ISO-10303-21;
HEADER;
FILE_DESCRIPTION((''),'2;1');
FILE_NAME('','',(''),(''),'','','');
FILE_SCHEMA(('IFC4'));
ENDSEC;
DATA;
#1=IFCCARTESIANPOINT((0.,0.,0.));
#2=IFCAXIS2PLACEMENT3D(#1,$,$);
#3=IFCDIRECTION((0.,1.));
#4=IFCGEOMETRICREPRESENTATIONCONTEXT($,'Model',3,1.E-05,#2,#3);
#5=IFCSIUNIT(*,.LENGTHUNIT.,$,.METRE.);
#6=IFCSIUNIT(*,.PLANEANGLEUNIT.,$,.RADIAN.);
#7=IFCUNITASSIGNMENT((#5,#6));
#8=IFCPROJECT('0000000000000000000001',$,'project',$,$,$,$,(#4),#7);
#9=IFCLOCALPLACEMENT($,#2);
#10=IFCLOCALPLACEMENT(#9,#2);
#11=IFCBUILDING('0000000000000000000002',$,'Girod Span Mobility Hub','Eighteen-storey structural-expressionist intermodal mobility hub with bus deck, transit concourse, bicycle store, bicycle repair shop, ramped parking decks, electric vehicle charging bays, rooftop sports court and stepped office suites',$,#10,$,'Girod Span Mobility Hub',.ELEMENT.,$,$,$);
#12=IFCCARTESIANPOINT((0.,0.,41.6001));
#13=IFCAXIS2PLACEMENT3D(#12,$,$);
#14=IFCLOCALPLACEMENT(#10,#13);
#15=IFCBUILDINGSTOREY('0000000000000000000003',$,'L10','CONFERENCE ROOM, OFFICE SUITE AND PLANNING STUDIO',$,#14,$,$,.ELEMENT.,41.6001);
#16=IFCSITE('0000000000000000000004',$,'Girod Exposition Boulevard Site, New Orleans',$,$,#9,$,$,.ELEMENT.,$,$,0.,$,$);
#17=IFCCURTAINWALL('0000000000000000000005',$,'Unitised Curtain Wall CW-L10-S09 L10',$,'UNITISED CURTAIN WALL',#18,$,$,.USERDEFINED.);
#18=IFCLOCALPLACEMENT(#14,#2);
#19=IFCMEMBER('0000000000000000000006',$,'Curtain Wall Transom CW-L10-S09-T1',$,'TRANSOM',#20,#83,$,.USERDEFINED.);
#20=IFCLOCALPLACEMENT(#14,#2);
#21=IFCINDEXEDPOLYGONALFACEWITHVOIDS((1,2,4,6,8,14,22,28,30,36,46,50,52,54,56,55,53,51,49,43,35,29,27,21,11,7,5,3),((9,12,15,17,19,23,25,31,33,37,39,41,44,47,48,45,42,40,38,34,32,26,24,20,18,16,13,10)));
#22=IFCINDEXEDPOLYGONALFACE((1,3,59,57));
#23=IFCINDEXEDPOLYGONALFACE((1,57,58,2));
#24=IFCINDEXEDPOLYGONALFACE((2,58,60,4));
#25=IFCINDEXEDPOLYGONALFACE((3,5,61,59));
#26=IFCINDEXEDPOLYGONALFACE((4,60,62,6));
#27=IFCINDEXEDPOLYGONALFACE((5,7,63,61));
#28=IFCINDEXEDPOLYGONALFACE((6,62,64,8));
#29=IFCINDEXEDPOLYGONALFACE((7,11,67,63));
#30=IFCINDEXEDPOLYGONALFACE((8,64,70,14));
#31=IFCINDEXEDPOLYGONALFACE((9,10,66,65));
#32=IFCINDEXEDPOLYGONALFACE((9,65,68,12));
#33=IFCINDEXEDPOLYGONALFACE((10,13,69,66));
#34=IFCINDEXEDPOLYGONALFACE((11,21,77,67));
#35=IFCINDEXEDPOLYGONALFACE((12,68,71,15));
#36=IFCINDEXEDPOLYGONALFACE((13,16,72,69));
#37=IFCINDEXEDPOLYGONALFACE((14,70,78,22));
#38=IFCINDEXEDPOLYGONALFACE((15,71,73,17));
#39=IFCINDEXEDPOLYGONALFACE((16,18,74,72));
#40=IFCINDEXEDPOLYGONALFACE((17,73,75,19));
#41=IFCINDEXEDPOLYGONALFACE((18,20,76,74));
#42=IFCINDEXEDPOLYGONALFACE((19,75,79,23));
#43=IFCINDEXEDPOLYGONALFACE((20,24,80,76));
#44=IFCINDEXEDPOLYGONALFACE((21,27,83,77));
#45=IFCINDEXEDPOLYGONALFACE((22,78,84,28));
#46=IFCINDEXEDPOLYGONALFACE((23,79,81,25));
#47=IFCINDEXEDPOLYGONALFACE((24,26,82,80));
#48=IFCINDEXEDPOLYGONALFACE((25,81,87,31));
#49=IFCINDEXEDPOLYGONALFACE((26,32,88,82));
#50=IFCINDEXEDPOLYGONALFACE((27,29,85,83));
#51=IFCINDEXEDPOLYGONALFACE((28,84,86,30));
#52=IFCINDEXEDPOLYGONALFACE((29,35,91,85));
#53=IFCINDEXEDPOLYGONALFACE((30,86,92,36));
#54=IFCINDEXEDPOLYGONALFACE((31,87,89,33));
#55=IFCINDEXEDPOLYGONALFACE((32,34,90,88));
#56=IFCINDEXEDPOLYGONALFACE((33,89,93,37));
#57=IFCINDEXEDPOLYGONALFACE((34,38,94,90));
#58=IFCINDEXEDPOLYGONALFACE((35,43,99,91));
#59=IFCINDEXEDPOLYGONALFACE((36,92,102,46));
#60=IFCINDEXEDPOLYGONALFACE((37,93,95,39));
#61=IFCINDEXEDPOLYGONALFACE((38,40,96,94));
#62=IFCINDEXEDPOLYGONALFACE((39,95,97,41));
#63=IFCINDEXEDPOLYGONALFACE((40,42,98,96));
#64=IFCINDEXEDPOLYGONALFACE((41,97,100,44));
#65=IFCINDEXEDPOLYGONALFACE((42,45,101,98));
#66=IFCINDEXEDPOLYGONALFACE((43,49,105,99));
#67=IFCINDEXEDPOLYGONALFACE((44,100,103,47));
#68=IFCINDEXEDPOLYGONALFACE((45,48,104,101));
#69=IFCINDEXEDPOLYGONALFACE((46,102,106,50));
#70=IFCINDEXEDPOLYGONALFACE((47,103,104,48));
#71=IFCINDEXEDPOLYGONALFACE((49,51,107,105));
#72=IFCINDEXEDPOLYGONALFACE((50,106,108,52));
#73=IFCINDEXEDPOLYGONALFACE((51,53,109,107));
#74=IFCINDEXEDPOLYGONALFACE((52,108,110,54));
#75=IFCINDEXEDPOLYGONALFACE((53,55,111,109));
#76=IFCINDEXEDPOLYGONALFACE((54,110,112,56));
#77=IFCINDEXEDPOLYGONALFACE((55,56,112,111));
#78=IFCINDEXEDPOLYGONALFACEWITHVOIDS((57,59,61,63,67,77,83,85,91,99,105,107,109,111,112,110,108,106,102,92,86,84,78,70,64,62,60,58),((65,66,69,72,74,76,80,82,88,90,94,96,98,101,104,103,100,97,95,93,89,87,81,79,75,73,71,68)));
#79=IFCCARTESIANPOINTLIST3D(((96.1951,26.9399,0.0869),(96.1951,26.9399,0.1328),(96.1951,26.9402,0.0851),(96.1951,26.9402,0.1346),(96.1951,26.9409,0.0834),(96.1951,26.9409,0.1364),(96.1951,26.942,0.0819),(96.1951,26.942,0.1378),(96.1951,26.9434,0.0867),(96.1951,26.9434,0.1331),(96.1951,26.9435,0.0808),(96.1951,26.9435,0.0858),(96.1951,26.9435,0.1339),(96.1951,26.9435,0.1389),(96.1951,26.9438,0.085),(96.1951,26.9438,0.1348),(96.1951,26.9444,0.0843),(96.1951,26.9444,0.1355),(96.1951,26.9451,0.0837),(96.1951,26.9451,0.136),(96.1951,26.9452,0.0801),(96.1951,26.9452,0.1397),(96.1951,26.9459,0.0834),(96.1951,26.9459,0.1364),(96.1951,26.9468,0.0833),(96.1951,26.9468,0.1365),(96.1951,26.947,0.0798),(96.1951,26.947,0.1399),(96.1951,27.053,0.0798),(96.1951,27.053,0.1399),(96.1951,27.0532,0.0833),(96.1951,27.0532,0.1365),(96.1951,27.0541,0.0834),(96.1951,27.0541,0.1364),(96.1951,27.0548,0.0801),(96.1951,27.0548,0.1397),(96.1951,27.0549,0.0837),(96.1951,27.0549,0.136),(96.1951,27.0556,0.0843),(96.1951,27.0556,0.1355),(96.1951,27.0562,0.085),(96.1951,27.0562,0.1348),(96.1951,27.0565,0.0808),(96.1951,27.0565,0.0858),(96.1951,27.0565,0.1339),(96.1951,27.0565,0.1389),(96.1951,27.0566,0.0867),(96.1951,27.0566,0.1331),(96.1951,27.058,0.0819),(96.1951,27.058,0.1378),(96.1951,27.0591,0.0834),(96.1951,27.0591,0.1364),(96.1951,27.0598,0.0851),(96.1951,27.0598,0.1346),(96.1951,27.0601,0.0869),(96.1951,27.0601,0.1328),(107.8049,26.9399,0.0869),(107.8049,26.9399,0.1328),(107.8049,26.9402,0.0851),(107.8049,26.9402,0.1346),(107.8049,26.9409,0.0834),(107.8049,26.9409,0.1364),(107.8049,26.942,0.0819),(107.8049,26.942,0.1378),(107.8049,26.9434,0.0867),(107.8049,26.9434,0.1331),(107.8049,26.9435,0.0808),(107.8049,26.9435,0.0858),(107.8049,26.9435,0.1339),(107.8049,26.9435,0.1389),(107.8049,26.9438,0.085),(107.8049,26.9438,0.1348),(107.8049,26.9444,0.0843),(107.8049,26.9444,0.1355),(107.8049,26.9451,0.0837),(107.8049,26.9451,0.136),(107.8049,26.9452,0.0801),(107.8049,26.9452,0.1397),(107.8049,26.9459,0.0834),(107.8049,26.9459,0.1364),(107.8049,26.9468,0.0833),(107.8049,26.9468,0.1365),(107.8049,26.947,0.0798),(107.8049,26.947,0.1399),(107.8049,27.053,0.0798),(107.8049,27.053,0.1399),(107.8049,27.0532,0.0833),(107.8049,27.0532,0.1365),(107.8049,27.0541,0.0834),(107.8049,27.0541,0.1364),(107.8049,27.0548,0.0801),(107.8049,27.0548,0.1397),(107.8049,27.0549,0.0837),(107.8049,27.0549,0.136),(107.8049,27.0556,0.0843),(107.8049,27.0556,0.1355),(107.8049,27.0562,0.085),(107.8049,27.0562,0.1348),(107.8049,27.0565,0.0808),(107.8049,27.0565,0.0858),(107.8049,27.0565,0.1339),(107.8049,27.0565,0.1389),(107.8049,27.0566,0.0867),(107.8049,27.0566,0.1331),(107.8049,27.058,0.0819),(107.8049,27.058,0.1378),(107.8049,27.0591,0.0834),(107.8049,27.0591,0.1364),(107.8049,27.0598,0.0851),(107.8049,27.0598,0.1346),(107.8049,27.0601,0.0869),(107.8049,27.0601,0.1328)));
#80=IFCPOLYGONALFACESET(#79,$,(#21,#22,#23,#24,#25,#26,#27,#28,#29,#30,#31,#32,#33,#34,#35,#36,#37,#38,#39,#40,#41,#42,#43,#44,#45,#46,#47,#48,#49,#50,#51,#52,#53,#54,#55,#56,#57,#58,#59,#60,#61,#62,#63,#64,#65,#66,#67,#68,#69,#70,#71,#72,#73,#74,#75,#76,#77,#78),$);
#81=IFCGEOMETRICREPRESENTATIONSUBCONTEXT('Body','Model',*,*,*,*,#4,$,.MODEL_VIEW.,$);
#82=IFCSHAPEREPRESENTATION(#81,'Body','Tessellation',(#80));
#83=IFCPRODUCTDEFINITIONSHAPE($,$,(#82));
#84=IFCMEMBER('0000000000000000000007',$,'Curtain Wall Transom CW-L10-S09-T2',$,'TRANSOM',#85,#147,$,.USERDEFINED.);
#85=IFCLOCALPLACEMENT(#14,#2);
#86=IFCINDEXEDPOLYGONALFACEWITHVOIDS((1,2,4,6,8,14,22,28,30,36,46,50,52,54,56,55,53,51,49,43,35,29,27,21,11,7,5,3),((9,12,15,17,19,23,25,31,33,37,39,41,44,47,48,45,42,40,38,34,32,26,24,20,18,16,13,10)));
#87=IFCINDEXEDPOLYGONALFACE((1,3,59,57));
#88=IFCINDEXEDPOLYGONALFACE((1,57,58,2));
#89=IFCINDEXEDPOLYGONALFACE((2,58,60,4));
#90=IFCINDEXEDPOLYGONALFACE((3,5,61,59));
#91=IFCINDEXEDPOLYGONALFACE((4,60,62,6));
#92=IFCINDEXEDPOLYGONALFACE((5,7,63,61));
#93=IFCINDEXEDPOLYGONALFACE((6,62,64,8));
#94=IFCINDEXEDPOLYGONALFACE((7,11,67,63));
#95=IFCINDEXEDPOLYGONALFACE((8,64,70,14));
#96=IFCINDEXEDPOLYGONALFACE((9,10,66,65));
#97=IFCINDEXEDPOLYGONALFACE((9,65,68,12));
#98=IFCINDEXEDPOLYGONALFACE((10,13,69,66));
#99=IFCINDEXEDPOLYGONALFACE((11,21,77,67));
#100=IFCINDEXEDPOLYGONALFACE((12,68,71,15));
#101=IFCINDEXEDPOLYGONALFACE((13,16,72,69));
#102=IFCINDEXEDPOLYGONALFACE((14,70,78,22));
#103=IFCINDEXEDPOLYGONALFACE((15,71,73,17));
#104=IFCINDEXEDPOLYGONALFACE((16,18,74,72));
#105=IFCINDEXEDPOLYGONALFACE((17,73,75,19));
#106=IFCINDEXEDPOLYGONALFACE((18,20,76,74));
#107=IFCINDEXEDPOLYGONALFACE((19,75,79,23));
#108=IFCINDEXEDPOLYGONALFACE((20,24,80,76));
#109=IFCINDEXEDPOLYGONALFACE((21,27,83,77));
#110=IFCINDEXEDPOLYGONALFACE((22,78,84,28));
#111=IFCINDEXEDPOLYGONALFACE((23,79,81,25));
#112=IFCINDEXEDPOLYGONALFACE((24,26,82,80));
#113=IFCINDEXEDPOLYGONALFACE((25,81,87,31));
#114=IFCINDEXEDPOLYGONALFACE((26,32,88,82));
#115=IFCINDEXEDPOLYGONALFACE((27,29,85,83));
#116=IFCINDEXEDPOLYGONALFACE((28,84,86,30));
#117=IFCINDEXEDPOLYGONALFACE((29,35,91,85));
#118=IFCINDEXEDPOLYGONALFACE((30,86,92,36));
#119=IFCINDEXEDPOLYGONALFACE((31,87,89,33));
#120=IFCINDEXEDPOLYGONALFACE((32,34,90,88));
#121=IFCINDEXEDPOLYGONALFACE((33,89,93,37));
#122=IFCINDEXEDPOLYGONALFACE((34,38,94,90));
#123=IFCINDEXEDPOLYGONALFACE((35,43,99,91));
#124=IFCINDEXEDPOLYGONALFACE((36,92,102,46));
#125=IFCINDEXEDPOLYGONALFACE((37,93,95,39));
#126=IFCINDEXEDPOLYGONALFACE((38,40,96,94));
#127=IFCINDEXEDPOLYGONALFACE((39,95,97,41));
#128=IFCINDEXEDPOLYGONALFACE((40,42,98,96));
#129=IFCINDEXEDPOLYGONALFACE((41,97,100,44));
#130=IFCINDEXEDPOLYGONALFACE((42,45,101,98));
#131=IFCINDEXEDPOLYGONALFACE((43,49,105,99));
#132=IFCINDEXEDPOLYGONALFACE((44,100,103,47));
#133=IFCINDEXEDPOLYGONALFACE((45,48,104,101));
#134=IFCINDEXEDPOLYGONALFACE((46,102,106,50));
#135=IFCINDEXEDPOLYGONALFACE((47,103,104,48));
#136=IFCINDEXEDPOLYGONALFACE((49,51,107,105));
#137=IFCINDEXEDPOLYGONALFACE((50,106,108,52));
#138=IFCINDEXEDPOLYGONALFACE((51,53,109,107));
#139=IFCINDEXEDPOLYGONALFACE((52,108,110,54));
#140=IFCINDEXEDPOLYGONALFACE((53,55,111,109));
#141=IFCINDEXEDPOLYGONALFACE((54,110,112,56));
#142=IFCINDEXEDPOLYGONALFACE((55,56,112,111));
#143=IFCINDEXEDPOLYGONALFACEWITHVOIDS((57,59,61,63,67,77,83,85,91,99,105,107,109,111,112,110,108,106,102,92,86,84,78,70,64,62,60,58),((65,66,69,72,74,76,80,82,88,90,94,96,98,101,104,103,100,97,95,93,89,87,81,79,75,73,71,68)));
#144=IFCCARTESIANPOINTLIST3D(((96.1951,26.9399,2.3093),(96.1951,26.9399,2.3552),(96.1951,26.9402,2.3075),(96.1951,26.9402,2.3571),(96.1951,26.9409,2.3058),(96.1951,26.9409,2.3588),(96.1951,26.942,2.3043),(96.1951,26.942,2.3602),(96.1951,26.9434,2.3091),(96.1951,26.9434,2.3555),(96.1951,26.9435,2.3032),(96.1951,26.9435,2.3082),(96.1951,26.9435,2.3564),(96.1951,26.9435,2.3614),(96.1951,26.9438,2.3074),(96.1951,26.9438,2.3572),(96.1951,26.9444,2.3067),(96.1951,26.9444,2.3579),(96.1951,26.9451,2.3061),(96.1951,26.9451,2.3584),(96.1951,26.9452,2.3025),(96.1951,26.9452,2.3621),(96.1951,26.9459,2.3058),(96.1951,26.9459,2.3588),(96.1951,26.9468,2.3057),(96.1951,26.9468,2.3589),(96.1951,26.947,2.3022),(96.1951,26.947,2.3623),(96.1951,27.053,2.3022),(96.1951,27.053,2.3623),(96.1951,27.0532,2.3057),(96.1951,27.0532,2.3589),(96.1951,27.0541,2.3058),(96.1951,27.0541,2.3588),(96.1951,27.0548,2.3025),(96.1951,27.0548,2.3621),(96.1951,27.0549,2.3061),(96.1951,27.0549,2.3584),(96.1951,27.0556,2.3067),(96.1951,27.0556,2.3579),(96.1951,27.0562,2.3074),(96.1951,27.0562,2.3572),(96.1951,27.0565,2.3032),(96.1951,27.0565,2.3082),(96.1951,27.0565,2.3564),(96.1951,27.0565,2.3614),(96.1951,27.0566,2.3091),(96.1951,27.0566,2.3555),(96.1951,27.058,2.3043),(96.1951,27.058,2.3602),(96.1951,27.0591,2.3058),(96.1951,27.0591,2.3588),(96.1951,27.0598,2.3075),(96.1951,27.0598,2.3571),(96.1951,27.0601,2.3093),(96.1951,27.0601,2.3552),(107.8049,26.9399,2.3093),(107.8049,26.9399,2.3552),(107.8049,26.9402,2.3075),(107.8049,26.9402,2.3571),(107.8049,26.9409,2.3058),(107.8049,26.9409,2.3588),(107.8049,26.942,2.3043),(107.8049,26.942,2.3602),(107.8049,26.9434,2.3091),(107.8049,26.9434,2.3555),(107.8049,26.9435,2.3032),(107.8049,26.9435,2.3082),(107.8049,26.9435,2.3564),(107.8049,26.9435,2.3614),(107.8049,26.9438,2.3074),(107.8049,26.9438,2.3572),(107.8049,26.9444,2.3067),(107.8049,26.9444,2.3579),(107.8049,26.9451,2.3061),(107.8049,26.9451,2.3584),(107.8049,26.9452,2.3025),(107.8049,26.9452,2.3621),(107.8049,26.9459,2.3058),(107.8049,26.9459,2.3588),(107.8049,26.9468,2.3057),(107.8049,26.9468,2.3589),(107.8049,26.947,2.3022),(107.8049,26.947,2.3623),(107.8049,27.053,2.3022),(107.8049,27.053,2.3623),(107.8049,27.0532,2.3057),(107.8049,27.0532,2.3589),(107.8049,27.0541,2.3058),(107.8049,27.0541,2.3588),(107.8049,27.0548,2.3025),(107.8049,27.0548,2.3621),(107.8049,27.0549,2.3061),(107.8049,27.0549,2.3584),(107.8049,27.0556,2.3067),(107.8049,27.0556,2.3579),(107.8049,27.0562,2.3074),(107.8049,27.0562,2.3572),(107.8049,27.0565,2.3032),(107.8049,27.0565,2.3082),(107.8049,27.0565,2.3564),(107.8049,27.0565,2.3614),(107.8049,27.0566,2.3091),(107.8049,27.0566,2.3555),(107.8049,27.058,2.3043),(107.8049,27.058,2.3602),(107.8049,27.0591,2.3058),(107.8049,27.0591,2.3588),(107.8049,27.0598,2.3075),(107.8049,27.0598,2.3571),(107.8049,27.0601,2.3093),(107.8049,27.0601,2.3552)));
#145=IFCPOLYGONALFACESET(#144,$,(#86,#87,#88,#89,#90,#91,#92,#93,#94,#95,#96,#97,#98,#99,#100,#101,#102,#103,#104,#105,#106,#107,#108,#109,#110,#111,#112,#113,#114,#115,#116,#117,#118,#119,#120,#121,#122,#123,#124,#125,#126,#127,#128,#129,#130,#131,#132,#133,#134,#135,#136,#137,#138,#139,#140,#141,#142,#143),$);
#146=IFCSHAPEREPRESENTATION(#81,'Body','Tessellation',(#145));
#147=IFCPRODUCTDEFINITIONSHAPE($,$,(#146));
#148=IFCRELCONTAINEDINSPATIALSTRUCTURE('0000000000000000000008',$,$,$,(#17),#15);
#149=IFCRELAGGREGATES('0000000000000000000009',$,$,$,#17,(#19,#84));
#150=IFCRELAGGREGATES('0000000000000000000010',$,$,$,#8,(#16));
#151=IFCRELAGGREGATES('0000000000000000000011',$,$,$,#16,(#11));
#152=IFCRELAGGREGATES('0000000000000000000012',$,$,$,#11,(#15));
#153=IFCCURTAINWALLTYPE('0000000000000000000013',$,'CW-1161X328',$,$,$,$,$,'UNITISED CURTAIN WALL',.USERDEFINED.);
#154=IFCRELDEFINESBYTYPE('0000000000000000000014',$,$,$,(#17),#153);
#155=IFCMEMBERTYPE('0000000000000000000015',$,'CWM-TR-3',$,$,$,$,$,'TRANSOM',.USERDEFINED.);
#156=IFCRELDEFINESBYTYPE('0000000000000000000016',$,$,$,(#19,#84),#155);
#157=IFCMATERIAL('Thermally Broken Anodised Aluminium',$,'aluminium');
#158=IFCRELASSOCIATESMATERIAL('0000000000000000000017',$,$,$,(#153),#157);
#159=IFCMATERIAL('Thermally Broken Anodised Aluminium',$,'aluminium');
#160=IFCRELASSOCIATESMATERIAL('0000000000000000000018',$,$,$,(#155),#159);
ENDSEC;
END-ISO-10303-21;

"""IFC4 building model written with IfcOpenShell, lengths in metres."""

from ifc_helpers import new_model, si_unit, direction, frame, origin, origin_2d, place, context, subcontext, project, spatial, hollow_rectangle, extrude, material, material_profile, profile_set, type_object, element, aggregate, save


model = new_model("IFC4")

# Units and contexts
model_context = context("Model", 3, precision=1e-05, world=origin(), true_north=direction((0.0, 1.0)))
body_context = subcontext(model_context, "Body", "Model", "MODEL_VIEW")
ifc_project = project(units=[si_unit("LENGTHUNIT", "METRE"), si_unit("PLANEANGLEUNIT", "RADIAN")], contexts=[model_context])

# Site, building, storey
site_placement = place(None, origin())
site = spatial("IfcSite", under=ifc_project, at=site_placement, Name="Girod Exposition Boulevard Site, New Orleans", CompositionType="ELEMENT", RefElevation=0.0)
building_placement = place(site_placement, origin())
building = spatial("IfcBuilding", under=site, at=building_placement, Name="Girod Span Mobility Hub", Description="Eighteen-storey structural-expressionist intermodal mobility hub with bus deck, transit concourse, bicycle store, bicycle repair shop, ramped parking decks, electric vehicle charging bays, rooftop sports court and stepped office suites", LongName="Girod Span Mobility Hub", CompositionType="ELEMENT")
storey_placement = place(building_placement, frame((0.0, 0.0, 41.6001)))
storey = spatial("IfcBuildingStorey", under=building, at=storey_placement, Name="L10", Description="CONFERENCE ROOM, OFFICE SUITE AND PLANNING STUDIO", CompositionType="ELEMENT", Elevation=41.6001)

# Curtain wall
ifc_material_1 = material(Name="Thermally Broken Anodised Aluminium", Category="aluminium")
curtain_wall_type = type_object("IfcCurtainWallType", Name="CW-1161X328", ElementType="UNITISED CURTAIN WALL", PredefinedType="USERDEFINED", material=ifc_material_1)
curtain_wall_1_placement = place(storey_placement, origin())
curtain_wall_1 = element("IfcCurtainWall", 1, at=curtain_wall_1_placement, inside=storey, type_object=curtain_wall_type, Name="Unitised Curtain Wall CW-L10-S09 L10", ObjectType="UNITISED CURTAIN WALL", PredefinedType="USERDEFINED")

# Members
ifc_material_2 = material(Name="Thermally Broken Anodised Aluminium", Category="aluminium")
ifc_material_profile_1 = material_profile(ifc_material_2, hollow_rectangle(XDim=0.1201, YDim=0.0601, WallThickness=0.0034, InnerFilletRadius=0.0034, OuterFilletRadius=0.0071, at=origin_2d()), Name="CW-TR-60X120")
ifc_profile_set_1 = profile_set([ifc_material_profile_1], Name="Thermally Broken Anodised Aluminium")
member_type_1 = type_object("IfcMemberType", Name="CWM-TR-3", ElementType="TRANSOM", PredefinedType="USERDEFINED", material=ifc_profile_set_1)
member_1_placement = place(storey_placement, frame((96.1951, 27.0, 0.1099), z_axis=(1.0, 0.0, 0.0), x_axis=(0.0, 1.0, 0.0)))
member_1 = element("IfcMember", 2, at=member_1_placement, type_object=member_type_1, Name="Curtain Wall Transom CW-L10-S09-T1", ObjectType="TRANSOM", PredefinedType="USERDEFINED", context=body_context, shape_type="SweptSolid", body=[
    extrude(hollow_rectangle(XDim=0.1201, YDim=0.0601, WallThickness=0.0034, InnerFilletRadius=0.0034, OuterFilletRadius=0.0071, at=origin_2d()), origin(), (0.0, 0.0, 1.0), 11.6099),
])
member_2_placement = place(storey_placement, frame((96.1951, 27.0, 2.3323), z_axis=(1.0, 0.0, 0.0), x_axis=(0.0, 1.0, 0.0)))
member_2 = element("IfcMember", 3, at=member_2_placement, type_object=member_type_1, Name="Curtain Wall Transom CW-L10-S09-T2", ObjectType="TRANSOM", PredefinedType="USERDEFINED", context=body_context, shape_type="SweptSolid", body=[
    extrude(hollow_rectangle(XDim=0.1201, YDim=0.0601, WallThickness=0.0034, InnerFilletRadius=0.0034, OuterFilletRadius=0.0071, at=origin_2d()), origin(), (0.0, 0.0, 1.0), 11.6099),
])

aggregate(curtain_wall_1, [member_1, member_2])

save(model, "model.ifc")
